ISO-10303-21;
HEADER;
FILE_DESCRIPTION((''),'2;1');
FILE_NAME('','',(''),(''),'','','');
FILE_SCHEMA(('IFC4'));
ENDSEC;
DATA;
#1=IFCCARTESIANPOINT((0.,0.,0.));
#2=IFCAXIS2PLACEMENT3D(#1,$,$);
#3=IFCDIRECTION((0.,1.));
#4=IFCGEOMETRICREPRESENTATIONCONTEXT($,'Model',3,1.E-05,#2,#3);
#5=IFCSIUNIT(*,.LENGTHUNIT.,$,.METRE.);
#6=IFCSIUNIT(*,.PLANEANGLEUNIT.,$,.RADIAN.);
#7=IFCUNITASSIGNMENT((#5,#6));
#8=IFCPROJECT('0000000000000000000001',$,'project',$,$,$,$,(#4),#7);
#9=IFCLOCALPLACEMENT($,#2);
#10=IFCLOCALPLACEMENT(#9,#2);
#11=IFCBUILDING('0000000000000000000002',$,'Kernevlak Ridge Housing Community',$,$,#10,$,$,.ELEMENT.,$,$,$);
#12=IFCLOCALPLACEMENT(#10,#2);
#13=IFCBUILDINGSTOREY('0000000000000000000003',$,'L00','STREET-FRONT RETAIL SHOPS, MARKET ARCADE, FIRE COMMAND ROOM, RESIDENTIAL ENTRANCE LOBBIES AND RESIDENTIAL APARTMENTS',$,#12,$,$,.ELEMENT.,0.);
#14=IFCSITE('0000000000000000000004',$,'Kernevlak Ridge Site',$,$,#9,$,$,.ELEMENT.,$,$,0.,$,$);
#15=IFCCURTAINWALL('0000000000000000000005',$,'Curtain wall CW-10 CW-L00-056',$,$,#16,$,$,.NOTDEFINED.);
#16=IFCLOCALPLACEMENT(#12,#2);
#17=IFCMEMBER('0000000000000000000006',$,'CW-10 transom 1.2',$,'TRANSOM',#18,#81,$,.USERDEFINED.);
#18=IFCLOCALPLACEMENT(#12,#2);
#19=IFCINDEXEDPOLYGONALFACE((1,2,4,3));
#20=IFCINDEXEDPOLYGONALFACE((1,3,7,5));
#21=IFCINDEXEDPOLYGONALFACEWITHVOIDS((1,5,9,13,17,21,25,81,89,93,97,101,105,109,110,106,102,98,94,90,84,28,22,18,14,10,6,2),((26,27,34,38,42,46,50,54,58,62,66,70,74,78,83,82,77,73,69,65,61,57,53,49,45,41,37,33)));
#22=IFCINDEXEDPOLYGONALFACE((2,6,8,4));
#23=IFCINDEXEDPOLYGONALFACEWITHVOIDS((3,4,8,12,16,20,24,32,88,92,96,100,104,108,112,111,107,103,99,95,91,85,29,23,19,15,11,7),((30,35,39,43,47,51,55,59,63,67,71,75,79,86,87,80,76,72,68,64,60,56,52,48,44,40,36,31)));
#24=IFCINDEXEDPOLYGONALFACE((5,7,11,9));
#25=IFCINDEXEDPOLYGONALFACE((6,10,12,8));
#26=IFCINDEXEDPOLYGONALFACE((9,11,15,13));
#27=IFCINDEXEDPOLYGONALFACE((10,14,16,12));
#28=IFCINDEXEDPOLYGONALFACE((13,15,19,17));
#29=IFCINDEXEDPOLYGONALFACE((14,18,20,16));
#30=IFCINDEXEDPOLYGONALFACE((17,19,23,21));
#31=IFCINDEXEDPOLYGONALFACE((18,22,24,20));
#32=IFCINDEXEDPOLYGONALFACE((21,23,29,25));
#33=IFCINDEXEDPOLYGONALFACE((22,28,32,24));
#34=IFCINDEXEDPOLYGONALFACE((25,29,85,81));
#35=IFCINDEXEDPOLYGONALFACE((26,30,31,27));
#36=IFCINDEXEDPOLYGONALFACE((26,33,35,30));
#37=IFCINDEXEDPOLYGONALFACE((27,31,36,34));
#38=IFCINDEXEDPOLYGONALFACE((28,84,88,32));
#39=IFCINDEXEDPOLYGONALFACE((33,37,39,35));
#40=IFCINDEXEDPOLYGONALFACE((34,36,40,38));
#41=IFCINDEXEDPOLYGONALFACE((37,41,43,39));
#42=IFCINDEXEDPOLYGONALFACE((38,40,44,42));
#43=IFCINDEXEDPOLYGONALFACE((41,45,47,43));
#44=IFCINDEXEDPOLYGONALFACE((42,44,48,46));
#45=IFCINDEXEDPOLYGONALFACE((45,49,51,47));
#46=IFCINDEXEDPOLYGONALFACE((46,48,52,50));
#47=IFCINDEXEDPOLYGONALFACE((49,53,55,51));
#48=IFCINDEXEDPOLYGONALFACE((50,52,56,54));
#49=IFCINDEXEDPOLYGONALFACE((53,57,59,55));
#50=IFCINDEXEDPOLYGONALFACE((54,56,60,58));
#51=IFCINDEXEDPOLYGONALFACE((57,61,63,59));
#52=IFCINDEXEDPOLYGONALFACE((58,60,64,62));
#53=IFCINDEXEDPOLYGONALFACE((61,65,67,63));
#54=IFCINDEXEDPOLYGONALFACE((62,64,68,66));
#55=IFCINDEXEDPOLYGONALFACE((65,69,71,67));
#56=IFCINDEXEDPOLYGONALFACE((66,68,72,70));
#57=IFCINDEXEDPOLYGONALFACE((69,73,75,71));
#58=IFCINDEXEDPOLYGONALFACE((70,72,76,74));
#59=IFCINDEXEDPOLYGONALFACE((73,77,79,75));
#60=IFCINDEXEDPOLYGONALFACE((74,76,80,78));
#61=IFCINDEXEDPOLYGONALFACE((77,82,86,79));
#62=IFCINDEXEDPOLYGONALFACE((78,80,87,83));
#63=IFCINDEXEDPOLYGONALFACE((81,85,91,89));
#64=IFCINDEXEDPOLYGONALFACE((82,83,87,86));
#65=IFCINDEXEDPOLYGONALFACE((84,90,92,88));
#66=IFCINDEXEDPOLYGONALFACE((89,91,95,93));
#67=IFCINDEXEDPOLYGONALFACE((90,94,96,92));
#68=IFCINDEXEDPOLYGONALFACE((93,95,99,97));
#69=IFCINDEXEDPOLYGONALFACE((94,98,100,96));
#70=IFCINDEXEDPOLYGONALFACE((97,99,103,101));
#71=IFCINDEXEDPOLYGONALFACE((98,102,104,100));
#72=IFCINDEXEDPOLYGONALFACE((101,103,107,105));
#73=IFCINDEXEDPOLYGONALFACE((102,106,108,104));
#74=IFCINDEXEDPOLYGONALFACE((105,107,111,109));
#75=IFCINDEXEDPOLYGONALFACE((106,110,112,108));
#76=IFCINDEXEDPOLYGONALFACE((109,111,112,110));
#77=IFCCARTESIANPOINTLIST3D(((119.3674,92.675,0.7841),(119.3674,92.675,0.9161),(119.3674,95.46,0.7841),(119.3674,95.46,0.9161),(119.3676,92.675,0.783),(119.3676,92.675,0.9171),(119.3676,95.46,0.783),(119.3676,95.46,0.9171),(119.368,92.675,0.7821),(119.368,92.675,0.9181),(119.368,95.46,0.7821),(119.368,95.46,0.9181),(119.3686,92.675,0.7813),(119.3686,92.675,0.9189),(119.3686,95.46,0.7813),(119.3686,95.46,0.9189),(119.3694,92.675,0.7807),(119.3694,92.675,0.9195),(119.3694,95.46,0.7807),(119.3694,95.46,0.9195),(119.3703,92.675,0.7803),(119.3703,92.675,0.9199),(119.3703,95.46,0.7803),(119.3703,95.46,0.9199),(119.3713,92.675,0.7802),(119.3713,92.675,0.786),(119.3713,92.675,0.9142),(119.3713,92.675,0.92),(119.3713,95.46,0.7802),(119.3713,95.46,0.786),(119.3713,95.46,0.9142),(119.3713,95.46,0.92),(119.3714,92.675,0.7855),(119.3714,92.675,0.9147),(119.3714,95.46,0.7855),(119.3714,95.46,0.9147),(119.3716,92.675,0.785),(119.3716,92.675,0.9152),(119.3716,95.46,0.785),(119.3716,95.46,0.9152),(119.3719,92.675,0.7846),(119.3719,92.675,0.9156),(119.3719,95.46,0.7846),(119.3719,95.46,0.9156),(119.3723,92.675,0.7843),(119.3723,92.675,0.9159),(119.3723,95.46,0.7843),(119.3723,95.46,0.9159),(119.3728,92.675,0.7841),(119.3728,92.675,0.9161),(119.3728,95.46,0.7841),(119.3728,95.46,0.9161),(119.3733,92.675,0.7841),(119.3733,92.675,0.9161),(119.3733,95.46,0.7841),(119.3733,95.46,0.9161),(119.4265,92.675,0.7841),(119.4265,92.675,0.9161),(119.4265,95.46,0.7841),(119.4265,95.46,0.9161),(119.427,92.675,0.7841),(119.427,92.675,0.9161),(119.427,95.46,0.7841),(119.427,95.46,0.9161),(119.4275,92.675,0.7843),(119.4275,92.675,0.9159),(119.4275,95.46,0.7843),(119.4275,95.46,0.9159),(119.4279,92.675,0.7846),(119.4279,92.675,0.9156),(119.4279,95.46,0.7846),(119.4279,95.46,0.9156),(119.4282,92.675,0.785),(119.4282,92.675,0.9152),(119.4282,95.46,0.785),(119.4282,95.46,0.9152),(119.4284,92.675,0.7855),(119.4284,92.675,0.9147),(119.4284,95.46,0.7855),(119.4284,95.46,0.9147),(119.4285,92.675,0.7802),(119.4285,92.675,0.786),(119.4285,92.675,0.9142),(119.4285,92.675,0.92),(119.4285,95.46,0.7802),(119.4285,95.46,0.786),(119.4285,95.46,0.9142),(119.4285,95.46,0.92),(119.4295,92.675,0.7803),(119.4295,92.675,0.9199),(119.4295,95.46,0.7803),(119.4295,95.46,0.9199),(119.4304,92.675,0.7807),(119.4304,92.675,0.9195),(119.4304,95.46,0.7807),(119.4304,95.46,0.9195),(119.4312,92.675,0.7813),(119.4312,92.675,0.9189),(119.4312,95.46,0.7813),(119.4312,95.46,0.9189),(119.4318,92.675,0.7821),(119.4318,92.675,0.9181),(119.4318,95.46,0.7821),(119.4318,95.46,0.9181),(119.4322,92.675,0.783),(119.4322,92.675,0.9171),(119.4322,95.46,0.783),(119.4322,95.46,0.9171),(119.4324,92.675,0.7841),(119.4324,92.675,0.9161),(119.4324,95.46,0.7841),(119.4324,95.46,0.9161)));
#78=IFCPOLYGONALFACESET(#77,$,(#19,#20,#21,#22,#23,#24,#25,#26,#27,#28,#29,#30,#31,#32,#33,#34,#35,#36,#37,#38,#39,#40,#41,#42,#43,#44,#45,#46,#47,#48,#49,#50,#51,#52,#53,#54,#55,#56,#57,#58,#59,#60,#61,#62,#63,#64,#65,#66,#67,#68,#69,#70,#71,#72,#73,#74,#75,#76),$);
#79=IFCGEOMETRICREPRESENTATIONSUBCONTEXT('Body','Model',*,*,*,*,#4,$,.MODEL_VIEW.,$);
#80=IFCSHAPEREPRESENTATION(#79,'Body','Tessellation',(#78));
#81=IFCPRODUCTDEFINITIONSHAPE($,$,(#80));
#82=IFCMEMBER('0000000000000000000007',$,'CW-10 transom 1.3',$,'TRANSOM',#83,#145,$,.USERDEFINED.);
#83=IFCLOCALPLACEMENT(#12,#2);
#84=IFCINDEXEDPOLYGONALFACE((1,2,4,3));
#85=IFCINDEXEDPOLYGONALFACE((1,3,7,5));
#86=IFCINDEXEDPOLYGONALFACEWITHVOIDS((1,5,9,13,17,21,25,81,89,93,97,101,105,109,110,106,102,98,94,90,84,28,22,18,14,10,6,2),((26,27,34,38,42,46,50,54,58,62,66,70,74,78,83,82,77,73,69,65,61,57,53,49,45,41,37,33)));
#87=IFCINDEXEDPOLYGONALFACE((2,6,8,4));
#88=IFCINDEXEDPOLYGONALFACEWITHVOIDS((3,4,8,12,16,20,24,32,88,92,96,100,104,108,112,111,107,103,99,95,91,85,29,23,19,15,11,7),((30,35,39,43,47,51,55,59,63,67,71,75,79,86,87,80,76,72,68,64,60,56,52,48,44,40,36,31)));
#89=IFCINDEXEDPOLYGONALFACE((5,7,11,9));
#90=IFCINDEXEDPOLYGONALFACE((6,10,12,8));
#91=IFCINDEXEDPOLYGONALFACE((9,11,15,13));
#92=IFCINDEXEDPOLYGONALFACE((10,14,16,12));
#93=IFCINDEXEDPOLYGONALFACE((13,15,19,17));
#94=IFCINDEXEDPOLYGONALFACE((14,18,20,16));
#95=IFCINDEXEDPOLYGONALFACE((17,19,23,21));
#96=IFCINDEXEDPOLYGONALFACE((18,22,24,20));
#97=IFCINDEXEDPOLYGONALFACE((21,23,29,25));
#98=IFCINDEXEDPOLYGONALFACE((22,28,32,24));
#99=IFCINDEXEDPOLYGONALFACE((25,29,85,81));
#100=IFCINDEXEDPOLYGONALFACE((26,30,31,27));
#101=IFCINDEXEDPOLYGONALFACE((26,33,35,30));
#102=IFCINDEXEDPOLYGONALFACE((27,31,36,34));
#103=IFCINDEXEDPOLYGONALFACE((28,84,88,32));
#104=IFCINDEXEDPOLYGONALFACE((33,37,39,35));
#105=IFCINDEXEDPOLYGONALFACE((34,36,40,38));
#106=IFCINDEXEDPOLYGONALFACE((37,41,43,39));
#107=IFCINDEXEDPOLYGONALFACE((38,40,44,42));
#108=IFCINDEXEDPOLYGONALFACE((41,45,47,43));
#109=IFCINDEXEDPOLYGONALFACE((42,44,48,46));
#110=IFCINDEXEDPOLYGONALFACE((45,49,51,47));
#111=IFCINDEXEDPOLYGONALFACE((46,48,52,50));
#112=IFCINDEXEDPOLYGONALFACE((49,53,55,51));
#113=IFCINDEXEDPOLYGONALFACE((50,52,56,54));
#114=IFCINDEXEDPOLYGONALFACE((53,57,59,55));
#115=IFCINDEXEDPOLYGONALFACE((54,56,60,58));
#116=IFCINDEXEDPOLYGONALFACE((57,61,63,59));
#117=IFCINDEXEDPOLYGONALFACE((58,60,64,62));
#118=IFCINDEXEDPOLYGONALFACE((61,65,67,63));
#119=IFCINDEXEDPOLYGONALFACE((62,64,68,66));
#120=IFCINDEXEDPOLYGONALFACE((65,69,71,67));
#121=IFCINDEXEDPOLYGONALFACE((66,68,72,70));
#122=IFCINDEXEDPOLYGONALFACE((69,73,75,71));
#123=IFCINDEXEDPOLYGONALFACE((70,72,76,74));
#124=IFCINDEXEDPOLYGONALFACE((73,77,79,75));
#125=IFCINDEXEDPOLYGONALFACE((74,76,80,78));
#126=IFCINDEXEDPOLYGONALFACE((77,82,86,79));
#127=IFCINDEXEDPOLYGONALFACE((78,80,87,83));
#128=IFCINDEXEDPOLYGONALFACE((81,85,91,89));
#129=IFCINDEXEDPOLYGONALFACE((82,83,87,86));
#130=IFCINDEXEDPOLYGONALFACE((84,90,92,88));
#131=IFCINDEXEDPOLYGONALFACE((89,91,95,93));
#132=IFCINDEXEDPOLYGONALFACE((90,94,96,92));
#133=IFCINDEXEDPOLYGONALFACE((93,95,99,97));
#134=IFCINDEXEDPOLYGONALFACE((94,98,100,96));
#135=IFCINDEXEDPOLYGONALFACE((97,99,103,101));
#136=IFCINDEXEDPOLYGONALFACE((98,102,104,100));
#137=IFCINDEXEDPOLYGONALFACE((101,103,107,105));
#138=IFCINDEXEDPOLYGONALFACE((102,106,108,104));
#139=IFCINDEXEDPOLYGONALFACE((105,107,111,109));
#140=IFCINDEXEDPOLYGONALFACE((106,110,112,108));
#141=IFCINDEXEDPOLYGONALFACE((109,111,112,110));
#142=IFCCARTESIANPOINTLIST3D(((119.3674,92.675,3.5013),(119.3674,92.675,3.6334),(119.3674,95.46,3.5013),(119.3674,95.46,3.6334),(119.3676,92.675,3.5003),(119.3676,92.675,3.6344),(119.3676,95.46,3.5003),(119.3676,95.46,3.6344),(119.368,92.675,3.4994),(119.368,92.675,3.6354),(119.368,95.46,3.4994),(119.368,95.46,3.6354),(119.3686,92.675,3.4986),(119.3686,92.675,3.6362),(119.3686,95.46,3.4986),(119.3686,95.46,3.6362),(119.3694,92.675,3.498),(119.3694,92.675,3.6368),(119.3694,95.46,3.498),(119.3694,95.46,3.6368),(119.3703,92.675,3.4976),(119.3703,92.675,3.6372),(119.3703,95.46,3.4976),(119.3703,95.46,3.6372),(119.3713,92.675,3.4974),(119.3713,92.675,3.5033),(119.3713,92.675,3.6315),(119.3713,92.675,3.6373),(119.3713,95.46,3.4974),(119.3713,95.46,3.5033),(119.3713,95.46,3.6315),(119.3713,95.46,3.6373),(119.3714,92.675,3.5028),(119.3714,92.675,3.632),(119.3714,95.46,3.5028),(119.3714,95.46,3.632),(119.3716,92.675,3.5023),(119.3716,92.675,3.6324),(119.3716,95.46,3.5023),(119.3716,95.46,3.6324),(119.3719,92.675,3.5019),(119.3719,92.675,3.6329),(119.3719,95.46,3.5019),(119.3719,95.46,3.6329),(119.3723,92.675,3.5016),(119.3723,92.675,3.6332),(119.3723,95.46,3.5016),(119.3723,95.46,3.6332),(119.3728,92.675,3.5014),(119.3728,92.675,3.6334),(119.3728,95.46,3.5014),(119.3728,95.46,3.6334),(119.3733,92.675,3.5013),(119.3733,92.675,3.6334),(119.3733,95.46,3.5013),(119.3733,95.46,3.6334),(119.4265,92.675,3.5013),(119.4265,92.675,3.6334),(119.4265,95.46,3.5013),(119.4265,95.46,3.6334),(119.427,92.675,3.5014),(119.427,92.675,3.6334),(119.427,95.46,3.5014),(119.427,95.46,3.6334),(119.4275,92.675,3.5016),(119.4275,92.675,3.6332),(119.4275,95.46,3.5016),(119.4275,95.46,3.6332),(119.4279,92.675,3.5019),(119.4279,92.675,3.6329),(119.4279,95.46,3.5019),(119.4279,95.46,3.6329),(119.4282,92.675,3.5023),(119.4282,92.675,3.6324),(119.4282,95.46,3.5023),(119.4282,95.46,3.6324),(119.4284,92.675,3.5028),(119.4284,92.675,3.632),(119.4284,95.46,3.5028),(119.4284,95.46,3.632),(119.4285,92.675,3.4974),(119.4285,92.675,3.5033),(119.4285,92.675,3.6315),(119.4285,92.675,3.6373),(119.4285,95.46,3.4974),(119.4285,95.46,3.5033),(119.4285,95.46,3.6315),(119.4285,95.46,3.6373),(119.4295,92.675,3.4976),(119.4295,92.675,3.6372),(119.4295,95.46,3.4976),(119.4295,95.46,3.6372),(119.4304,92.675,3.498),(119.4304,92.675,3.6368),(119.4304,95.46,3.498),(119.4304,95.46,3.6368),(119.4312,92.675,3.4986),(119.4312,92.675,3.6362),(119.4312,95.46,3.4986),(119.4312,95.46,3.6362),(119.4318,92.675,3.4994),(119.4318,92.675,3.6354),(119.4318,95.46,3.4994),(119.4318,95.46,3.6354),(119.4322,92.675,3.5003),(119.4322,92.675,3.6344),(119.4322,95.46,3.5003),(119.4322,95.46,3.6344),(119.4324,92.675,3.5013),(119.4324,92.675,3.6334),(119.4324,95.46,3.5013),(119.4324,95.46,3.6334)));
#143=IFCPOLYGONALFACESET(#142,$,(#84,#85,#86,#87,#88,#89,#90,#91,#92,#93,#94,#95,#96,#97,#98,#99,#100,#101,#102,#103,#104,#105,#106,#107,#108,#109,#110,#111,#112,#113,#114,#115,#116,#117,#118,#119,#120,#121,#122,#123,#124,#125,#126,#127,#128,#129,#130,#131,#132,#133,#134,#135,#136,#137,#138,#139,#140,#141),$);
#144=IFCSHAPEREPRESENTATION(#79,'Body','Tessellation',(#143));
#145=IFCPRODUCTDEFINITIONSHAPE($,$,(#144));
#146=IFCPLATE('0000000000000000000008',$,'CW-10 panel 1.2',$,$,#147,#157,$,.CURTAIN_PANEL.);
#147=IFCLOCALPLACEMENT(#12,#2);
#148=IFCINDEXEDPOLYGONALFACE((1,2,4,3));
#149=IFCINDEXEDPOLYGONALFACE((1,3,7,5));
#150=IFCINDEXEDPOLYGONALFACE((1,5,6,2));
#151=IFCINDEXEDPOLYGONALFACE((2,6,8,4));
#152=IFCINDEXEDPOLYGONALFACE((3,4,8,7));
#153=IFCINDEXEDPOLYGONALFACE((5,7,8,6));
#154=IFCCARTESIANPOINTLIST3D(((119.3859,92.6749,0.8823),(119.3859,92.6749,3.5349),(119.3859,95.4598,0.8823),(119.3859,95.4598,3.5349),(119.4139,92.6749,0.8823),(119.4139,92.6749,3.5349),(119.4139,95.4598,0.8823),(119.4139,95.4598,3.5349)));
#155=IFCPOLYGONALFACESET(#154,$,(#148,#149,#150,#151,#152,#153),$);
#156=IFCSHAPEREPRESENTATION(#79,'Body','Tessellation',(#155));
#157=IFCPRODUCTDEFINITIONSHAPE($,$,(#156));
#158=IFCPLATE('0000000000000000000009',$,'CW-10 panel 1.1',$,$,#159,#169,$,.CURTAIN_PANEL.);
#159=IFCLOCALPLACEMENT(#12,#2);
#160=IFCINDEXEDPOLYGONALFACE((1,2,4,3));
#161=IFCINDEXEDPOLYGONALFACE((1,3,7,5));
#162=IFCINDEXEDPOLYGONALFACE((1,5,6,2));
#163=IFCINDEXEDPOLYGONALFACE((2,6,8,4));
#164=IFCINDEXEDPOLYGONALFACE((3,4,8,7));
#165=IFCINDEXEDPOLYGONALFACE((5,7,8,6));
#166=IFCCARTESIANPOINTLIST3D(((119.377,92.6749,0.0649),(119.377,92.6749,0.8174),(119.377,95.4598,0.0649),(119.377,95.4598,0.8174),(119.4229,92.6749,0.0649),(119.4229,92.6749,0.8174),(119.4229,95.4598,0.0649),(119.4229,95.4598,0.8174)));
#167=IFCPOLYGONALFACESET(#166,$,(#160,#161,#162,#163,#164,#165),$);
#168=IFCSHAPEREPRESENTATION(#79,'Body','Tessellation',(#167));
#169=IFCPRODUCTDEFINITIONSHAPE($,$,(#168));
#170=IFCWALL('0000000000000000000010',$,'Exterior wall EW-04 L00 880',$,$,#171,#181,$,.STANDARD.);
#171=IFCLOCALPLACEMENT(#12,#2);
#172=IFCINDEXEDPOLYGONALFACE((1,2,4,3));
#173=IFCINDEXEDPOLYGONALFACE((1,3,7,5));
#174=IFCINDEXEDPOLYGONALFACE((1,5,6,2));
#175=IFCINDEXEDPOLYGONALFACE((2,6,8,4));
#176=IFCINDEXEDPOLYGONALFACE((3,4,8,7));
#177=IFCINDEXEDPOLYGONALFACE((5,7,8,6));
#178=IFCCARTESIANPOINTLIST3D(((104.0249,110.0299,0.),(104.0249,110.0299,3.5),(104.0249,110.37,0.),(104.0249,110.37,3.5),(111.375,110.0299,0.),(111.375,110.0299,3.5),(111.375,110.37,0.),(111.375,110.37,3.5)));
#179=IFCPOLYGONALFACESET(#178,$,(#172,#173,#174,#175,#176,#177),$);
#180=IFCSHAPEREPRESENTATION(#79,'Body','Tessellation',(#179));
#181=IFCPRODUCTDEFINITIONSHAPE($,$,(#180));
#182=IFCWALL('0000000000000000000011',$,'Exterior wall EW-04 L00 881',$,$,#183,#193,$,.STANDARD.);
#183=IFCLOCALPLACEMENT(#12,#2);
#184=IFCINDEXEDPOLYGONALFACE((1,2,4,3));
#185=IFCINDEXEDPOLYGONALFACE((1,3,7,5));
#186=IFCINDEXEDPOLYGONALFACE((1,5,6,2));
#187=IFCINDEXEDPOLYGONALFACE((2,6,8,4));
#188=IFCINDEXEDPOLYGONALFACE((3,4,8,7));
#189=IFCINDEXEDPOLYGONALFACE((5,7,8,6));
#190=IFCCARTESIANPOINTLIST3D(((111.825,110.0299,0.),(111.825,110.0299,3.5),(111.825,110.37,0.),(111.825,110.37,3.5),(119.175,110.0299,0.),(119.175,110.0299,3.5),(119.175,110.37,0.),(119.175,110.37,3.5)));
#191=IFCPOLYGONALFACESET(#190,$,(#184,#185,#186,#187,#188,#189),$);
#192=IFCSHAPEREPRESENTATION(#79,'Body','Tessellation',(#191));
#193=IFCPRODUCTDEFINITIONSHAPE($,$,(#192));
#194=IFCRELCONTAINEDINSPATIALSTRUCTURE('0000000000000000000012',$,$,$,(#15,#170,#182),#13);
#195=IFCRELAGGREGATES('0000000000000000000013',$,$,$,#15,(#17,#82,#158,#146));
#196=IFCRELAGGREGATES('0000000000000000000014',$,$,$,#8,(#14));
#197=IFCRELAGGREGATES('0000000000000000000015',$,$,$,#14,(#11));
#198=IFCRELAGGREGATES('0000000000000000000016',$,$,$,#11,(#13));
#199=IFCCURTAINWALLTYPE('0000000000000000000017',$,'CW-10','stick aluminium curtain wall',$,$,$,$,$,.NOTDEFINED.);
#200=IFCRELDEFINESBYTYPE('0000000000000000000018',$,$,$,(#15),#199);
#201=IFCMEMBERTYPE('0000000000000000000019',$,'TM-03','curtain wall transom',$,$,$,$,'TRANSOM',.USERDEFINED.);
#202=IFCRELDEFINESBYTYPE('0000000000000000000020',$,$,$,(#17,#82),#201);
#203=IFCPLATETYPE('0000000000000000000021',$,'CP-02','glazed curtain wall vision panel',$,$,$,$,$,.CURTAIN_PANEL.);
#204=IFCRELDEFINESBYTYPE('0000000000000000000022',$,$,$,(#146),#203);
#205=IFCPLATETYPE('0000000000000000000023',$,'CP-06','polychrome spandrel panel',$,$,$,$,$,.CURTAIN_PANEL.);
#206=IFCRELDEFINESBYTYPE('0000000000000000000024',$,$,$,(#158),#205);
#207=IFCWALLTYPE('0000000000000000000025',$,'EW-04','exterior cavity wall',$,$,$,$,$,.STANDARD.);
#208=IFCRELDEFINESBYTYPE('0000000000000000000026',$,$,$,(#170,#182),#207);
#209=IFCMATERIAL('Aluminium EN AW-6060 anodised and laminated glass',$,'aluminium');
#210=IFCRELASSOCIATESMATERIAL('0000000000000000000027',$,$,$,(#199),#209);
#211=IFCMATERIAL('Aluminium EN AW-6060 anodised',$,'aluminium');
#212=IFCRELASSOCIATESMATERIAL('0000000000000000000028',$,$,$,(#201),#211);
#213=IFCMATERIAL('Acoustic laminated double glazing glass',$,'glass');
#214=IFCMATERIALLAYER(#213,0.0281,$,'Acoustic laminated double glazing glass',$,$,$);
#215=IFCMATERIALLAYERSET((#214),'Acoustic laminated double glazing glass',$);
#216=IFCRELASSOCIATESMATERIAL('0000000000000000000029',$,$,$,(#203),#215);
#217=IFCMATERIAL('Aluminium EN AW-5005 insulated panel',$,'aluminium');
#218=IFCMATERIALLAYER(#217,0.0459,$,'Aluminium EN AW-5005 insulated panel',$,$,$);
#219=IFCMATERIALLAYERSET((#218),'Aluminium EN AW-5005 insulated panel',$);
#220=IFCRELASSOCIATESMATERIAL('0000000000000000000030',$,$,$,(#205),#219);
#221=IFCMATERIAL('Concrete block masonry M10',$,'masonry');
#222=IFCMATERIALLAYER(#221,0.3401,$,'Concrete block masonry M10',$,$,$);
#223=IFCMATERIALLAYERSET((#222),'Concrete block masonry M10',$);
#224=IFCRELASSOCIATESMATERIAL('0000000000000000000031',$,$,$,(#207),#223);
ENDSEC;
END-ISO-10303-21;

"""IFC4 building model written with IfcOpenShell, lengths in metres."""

from ifc_helpers import new_model, si_unit, direction, frame, frame_2d, origin, origin_2d, place, context, subcontext, project, spatial, rectangle, hollow_rectangle, extrude, material, layer, layer_set, material_profile, profile_set, type_object, element, aggregate, save


model = new_model("IFC4")

# Units and contexts
model_context = context("Model", 3, precision=1e-05, world=origin(), true_north=direction((0.0, 1.0)))
body_context = subcontext(model_context, "Body", "Model", "MODEL_VIEW")
ifc_project = project(units=[si_unit("LENGTHUNIT", "METRE"), si_unit("PLANEANGLEUNIT", "RADIAN")], contexts=[model_context])

# Site, building, storey
site_placement = place(None, origin())
site = spatial("IfcSite", under=ifc_project, at=site_placement, Name="Kernevlak Ridge Site", CompositionType="ELEMENT", RefElevation=0.0)
building_placement = place(site_placement, origin())
building = spatial("IfcBuilding", under=site, at=building_placement, Name="Kernevlak Ridge Housing Community", CompositionType="ELEMENT")
storey_placement = place(building_placement, origin())
storey = spatial("IfcBuildingStorey", under=building, at=storey_placement, Name="L00", Description="STREET-FRONT RETAIL SHOPS, MARKET ARCADE, FIRE COMMAND ROOM, RESIDENTIAL ENTRANCE LOBBIES AND RESIDENTIAL APARTMENTS", CompositionType="ELEMENT", Elevation=0.0)

# Curtain wall
ifc_material_1 = material(Name="Aluminium EN AW-6060 anodised and laminated glass", Category="aluminium")
curtain_wall_type = type_object("IfcCurtainWallType", Name="CW-10", Description="stick aluminium curtain wall", PredefinedType="NOTDEFINED", material=ifc_material_1)
curtain_wall_placement = place(storey_placement, origin())
curtain_wall = element("IfcCurtainWall", 1, at=curtain_wall_placement, inside=storey, type_object=curtain_wall_type, Name="Curtain wall CW-10 CW-L00-056", PredefinedType="NOTDEFINED")
ifc_material_2 = material(Name="Aluminium EN AW-6060 anodised", Category="aluminium")

# Members
ifc_material_profile_1 = material_profile(ifc_material_2, hollow_rectangle(XDim=0.0649, YDim=0.1399, WallThickness=0.0039, InnerFilletRadius=0.002, OuterFilletRadius=0.0039, at=origin_2d()), Name="ALU 65x140x4")
ifc_profile_set_1 = profile_set([ifc_material_profile_1], Name="Aluminium EN AW-6060 anodised")
member_type_1 = type_object("IfcMemberType", Name="TM-03", Description="curtain wall transom", ElementType="TRANSOM", PredefinedType="USERDEFINED", material=ifc_profile_set_1)
member_1_placement = place(storey_placement, frame((119.3999, 92.675, 0.8501), z_axis=(0.0, 1.0, 0.0), x_axis=(-1.0, 0.0, 0.0)))
member_1 = element("IfcMember", 2, at=member_1_placement, type_object=member_type_1, Name="CW-10 transom 1.2", ObjectType="TRANSOM", PredefinedType="USERDEFINED", context=body_context, shape_type="SweptSolid", body=[
    extrude(hollow_rectangle(XDim=0.0649, YDim=0.1399, WallThickness=0.0039, InnerFilletRadius=0.002, OuterFilletRadius=0.0039, at=origin_2d()), origin(), (0.0, 0.0, 1.0), 2.7849),
])
member_2_placement = place(storey_placement, frame((119.3999, 92.675, 3.5674), z_axis=(0.0, 1.0, 0.0), x_axis=(-1.0, 0.0, 0.0)))
member_2 = element("IfcMember", 3, at=member_2_placement, type_object=member_type_1, Name="CW-10 transom 1.3", ObjectType="TRANSOM", PredefinedType="USERDEFINED", context=body_context, shape_type="SweptSolid", body=[
    extrude(hollow_rectangle(XDim=0.0649, YDim=0.1399, WallThickness=0.0039, InnerFilletRadius=0.002, OuterFilletRadius=0.0039, at=origin_2d()), origin(), (0.0, 0.0, 1.0), 2.7849),
])

# Plates
ifc_material_3 = material(Name="Acoustic laminated double glazing glass", Category="glass")
ifc_layer_1 = layer(ifc_material_3, 0.0281, Name="Acoustic laminated double glazing glass")
ifc_layer_set_1 = layer_set([ifc_layer_1], Name="Acoustic laminated double glazing glass")
plate_type_1 = type_object("IfcPlateType", Name="CP-02", Description="glazed curtain wall vision panel", PredefinedType="CURTAIN_PANEL", material=ifc_layer_set_1)
plate_1_placement = place(storey_placement, frame((119.3999, 94.0674, 0.8823), z_axis=(0.0, 0.0, 1.0), x_axis=(0.0, 1.0, 0.0)))
plate_1 = element("IfcPlate", 4, at=plate_1_placement, type_object=plate_type_1, Name="CW-10 panel 1.2", PredefinedType="CURTAIN_PANEL", context=body_context, shape_type="SweptSolid", body=[
    extrude(rectangle(XDim=2.7849, YDim=0.0281, at=origin_2d()), origin(), (0.0, 0.0, 1.0), 2.6526),
])
ifc_material_4 = material(Name="Aluminium EN AW-5005 insulated panel", Category="aluminium")
ifc_layer_2 = layer(ifc_material_4, 0.0459, Name="Aluminium EN AW-5005 insulated panel")
ifc_layer_set_2 = layer_set([ifc_layer_2], Name="Aluminium EN AW-5005 insulated panel")
plate_type_2 = type_object("IfcPlateType", Name="CP-06", Description="polychrome spandrel panel", PredefinedType="CURTAIN_PANEL", material=ifc_layer_set_2)
plate_2_placement = place(storey_placement, frame((119.3999, 94.0674, 0.0649), z_axis=(0.0, 0.0, 1.0), x_axis=(0.0, 1.0, 0.0)))
plate_2 = element("IfcPlate", 5, at=plate_2_placement, type_object=plate_type_2, Name="CW-10 panel 1.1", PredefinedType="CURTAIN_PANEL", context=body_context, shape_type="SweptSolid", body=[
    extrude(rectangle(XDim=2.7849, YDim=0.0459, at=origin_2d()), origin(), (0.0, 0.0, 1.0), 0.7524),
])
aggregate(curtain_wall, [member_1, member_2, plate_2, plate_1])

# Walls
ifc_material_5 = material(Name="Concrete block masonry M10", Category="masonry")
ifc_layer_3 = layer(ifc_material_5, 0.3401, Name="Concrete block masonry M10")
ifc_layer_set_3 = layer_set([ifc_layer_3], Name="Concrete block masonry M10")
wall_type = type_object("IfcWallType", Name="EW-04", Description="exterior cavity wall", PredefinedType="STANDARD", material=ifc_layer_set_3)
for number, where, z_axis, x_axis, name in (
    (6, (104.0249, 110.2, 0.0), (0.0, 0.0, 1.0), (1.0, 0.0, 0.0), "Exterior wall EW-04 L00 880"),
    (7, (111.825, 110.2, 0.0), (0.0, 0.0, 1.0), (1.0, 0.0, 0.0), "Exterior wall EW-04 L00 881"),
):
    element("IfcWall", number, at=place(storey_placement, frame(where, z_axis=z_axis, x_axis=x_axis)), inside=storey, type_object=wall_type, Name=name, PredefinedType="STANDARD", context=body_context, shape_type="SweptSolid", body=[
        extrude(rectangle(XDim=7.3501, YDim=0.3401, at=frame_2d((3.675, 0.0))), origin(), (0.0, 0.0, 1.0), 3.5),
    ])

save(model, "model.ifc")
